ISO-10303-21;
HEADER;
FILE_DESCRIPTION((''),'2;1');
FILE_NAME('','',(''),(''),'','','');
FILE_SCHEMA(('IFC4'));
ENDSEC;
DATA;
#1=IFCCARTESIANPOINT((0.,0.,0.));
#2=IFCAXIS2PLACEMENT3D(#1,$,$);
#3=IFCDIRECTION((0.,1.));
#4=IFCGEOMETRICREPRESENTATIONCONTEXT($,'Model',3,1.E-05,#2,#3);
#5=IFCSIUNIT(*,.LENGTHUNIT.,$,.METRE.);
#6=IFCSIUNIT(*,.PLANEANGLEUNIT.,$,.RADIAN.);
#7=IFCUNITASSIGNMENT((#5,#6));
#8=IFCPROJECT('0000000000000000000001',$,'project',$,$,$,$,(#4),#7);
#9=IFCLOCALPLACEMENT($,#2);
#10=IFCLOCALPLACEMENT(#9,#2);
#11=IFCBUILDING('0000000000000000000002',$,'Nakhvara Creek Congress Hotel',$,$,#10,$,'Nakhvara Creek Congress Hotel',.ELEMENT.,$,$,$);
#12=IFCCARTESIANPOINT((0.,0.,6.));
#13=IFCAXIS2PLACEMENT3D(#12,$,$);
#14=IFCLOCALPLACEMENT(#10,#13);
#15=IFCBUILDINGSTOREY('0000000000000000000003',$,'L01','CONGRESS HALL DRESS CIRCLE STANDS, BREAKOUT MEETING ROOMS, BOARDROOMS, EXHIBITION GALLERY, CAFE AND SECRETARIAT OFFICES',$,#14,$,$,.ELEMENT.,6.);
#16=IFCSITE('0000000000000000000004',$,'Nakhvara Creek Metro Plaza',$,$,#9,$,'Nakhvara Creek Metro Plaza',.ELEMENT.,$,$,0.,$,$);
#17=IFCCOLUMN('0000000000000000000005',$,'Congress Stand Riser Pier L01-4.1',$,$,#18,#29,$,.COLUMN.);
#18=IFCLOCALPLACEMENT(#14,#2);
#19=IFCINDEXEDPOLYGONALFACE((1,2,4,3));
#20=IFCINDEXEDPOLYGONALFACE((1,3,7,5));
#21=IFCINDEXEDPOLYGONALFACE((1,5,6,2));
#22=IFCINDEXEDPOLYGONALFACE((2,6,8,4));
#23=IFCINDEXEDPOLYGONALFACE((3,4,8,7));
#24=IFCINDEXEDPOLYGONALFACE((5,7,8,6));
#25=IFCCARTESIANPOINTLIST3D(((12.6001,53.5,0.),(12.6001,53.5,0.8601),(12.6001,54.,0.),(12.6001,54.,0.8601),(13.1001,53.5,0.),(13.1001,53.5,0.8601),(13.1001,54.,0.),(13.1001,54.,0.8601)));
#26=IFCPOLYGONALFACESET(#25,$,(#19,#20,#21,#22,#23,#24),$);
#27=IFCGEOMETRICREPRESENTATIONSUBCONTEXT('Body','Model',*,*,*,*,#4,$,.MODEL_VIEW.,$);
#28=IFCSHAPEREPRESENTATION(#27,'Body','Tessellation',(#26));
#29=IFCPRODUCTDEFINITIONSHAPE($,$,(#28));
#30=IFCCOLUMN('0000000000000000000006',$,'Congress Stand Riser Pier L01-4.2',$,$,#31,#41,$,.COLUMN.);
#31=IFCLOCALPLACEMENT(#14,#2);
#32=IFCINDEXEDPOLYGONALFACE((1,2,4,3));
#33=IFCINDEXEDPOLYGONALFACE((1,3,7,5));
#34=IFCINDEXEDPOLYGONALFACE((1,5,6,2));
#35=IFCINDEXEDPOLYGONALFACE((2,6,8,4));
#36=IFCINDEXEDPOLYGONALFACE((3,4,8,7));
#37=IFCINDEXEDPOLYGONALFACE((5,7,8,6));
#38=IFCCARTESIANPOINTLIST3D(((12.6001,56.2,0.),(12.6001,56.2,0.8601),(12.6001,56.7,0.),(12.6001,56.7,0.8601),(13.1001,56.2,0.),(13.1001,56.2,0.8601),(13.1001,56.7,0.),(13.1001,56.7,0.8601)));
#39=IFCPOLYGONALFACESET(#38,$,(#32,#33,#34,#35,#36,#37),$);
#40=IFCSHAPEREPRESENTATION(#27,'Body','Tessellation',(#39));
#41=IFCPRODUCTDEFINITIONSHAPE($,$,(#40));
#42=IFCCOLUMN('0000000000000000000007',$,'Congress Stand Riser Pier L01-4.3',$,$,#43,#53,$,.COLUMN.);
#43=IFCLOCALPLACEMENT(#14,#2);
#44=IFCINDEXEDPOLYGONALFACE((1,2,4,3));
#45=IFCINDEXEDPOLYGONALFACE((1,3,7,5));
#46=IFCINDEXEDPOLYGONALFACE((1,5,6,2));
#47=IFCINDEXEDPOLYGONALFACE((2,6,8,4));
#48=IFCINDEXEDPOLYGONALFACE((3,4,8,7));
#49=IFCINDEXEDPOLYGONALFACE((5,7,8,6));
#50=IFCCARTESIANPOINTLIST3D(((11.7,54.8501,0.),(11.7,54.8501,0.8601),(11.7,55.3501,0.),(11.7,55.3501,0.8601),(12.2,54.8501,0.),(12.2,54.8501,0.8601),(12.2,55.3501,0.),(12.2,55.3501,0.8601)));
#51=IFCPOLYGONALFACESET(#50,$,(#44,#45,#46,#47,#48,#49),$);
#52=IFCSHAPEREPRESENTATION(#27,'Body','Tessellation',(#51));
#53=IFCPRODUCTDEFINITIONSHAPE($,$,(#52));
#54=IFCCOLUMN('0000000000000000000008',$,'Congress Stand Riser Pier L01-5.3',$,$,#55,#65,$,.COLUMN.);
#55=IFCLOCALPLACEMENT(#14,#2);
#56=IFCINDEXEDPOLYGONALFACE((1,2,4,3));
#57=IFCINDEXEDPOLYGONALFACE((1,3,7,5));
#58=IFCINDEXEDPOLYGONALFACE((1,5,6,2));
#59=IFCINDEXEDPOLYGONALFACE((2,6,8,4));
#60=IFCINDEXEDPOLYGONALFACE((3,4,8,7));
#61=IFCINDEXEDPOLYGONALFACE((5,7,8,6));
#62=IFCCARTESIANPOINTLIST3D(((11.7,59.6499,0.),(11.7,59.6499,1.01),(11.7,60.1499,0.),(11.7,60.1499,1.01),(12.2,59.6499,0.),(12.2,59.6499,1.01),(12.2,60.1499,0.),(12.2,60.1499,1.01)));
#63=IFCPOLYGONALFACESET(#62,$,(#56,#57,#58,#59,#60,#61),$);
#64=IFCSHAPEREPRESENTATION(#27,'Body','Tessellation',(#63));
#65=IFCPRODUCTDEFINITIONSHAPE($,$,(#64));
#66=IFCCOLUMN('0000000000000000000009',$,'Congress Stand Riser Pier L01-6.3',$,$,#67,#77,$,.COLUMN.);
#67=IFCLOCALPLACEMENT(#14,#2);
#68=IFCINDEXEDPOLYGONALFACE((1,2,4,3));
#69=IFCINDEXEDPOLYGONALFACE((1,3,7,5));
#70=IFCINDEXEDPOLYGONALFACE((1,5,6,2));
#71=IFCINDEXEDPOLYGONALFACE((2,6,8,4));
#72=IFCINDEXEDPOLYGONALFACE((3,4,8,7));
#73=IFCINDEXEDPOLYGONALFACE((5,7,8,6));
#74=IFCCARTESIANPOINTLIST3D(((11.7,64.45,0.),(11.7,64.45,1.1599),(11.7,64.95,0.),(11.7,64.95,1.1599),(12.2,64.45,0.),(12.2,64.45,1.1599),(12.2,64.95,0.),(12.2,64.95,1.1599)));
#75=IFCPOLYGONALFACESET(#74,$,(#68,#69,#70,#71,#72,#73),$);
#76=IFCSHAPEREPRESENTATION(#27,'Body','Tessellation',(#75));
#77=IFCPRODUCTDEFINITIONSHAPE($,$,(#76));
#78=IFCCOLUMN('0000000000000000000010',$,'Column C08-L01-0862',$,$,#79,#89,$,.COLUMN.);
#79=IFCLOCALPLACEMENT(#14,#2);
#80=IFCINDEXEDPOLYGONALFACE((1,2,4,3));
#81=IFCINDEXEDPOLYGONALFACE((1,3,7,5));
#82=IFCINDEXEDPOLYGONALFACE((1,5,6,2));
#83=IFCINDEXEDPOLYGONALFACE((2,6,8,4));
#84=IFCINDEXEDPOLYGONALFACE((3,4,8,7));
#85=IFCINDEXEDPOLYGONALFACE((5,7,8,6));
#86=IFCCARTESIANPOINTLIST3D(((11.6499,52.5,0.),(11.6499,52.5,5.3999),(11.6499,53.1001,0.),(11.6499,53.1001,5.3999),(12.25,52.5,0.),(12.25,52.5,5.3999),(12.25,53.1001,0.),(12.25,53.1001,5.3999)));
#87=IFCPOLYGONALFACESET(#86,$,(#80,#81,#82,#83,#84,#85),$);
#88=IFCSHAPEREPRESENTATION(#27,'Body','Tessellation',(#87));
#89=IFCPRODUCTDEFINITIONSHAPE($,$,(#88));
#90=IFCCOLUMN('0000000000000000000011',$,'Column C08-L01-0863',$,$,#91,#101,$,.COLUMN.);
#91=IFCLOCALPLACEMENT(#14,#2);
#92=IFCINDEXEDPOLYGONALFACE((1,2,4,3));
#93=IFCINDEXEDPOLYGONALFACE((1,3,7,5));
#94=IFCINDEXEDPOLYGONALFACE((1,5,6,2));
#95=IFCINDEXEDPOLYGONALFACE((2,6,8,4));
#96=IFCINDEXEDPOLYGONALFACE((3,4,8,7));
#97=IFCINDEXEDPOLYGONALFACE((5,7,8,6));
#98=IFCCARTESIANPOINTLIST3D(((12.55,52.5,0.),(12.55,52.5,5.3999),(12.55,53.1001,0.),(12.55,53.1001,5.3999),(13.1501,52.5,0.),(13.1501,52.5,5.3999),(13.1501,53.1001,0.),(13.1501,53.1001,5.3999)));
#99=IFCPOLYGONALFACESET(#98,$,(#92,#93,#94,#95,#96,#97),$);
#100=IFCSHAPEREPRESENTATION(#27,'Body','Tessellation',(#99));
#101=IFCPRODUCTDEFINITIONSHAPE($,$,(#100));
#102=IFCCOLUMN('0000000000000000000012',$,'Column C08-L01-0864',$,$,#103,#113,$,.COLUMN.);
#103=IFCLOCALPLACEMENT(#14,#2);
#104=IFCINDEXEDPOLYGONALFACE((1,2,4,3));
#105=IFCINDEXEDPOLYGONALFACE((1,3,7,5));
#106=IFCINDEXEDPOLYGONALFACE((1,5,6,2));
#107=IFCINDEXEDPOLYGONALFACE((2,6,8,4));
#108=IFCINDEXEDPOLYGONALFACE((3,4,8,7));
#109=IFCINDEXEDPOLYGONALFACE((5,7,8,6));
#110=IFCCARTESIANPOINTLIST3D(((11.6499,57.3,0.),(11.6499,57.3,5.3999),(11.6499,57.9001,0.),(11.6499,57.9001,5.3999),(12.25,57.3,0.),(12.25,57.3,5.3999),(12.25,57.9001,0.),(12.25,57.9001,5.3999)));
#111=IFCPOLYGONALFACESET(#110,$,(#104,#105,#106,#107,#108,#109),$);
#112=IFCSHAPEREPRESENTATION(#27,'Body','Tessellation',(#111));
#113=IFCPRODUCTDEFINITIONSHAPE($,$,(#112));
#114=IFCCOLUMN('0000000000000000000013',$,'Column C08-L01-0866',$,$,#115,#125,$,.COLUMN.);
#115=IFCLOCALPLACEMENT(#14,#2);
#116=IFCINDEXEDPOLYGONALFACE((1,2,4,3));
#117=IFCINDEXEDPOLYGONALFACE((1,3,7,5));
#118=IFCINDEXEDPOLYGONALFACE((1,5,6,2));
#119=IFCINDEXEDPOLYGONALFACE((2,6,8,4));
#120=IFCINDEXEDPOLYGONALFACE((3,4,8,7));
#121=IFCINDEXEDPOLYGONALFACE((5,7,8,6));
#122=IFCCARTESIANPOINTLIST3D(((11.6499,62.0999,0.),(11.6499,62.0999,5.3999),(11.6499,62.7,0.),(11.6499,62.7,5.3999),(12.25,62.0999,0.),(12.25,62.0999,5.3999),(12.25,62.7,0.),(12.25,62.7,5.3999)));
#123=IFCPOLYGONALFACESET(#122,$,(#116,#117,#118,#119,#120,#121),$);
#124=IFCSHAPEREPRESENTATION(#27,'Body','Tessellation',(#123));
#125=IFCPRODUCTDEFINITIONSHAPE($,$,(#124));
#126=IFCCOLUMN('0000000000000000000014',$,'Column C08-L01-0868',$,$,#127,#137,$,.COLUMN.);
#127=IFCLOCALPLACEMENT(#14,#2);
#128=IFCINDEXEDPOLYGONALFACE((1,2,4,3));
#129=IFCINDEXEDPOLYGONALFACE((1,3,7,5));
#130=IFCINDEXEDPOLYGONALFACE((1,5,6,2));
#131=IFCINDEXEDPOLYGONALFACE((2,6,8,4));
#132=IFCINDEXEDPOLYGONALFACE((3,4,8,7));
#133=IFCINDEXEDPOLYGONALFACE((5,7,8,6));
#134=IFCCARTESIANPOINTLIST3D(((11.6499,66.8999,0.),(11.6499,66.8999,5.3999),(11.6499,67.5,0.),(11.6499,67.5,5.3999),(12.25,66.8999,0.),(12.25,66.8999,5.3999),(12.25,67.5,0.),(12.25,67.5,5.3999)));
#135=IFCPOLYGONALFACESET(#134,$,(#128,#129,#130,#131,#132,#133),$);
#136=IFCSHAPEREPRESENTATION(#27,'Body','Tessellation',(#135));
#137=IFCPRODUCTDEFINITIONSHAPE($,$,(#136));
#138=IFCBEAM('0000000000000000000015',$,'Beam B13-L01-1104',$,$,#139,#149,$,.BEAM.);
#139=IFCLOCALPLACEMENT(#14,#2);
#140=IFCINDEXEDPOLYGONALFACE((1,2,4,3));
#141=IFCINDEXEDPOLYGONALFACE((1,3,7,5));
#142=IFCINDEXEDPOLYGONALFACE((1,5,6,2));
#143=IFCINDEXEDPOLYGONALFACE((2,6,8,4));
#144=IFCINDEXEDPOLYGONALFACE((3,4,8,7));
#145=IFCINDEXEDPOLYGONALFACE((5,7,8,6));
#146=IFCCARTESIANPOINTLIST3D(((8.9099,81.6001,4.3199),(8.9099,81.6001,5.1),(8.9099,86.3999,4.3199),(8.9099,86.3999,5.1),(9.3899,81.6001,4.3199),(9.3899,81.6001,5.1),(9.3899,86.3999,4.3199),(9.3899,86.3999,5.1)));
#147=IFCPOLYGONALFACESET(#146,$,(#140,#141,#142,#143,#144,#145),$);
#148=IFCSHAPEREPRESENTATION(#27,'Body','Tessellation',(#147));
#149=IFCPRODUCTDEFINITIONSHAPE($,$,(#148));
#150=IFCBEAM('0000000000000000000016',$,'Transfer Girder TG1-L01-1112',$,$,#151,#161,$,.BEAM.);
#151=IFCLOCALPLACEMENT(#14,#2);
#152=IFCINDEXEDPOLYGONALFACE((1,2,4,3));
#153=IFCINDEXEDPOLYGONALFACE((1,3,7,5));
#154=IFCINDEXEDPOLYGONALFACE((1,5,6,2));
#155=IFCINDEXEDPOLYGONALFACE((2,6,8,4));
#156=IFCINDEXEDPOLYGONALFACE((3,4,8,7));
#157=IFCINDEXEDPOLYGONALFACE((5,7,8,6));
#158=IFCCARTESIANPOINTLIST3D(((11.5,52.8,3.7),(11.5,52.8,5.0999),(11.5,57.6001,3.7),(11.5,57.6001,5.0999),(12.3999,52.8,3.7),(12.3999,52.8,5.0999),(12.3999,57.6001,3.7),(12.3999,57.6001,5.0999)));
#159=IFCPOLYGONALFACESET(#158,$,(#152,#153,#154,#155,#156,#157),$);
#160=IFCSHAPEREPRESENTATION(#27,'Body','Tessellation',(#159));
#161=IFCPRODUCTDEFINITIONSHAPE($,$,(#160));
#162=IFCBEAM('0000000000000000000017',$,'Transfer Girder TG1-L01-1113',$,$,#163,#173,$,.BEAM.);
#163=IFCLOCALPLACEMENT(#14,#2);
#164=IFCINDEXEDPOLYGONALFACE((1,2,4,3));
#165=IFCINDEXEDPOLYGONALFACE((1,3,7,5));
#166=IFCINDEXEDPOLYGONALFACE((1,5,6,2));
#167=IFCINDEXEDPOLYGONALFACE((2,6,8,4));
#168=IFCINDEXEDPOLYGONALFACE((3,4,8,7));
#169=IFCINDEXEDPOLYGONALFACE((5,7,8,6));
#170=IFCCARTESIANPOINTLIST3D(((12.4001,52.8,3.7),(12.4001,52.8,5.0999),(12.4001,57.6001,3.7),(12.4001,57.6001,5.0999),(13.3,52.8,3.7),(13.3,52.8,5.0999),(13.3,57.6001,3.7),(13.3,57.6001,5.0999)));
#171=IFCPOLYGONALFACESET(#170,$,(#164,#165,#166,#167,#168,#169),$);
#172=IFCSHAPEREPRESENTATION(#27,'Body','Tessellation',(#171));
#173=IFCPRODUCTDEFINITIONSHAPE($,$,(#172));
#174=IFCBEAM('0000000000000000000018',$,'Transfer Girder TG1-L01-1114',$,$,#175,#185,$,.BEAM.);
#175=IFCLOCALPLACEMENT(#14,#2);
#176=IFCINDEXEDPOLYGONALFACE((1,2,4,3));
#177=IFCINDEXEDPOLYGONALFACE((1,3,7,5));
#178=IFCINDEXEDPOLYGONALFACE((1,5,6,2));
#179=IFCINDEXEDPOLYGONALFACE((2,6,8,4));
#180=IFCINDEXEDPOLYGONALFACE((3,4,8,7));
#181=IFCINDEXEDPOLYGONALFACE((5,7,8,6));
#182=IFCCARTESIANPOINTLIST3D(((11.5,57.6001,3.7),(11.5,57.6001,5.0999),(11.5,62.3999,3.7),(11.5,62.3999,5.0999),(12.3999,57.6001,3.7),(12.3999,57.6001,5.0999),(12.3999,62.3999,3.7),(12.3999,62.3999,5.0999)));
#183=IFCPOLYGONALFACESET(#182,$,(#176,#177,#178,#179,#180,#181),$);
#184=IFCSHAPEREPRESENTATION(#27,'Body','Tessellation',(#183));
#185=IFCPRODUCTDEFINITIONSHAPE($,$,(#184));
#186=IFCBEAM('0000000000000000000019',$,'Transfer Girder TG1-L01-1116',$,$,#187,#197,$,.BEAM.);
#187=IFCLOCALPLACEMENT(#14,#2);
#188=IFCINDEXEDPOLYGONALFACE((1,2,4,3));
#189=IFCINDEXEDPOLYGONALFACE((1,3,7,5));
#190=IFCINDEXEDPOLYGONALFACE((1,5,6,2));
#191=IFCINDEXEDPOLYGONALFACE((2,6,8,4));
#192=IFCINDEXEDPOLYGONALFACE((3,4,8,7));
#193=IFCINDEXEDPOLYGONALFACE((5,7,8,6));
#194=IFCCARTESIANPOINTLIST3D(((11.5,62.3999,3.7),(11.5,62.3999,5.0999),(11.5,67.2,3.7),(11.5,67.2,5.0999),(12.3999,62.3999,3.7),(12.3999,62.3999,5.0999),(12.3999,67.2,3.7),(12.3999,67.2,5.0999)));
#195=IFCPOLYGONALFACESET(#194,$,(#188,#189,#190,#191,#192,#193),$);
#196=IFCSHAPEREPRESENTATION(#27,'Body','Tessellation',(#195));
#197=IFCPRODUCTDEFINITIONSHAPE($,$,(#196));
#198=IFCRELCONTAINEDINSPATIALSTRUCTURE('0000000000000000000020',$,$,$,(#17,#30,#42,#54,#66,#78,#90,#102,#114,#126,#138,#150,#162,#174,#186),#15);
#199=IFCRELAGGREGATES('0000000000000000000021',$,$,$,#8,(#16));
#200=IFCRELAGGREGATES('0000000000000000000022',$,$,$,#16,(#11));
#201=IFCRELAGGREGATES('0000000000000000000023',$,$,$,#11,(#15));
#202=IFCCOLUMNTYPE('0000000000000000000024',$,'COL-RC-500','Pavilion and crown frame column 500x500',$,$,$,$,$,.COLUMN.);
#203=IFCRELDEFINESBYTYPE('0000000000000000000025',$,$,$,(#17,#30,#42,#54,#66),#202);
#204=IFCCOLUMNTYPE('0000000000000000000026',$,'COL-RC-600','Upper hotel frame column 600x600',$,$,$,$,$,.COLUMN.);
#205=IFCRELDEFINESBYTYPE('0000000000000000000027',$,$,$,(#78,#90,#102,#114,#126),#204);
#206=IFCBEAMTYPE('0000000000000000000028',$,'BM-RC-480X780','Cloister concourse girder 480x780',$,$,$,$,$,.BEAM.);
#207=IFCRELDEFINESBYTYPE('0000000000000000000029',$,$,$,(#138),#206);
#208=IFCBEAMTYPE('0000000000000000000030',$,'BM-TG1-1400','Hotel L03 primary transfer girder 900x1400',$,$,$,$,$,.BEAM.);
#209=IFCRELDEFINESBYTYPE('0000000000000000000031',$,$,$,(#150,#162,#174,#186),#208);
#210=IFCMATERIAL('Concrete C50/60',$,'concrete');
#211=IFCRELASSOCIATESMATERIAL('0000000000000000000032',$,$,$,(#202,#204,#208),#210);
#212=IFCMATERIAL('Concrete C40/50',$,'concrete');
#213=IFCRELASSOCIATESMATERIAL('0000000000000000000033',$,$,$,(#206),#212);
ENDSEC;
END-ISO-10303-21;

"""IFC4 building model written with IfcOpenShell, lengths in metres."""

from ifc_helpers import new_model, si_unit, direction, frame, origin, origin_2d, place, context, subcontext, project, spatial, rectangle, extrude, material, material_profile, profile_set, type_object, element, save


model = new_model("IFC4")

# Units and contexts
model_context = context("Model", 3, precision=1e-05, world=origin(), true_north=direction((0.0, 1.0)))
body_context = subcontext(model_context, "Body", "Model", "MODEL_VIEW")
ifc_project = project(units=[si_unit("LENGTHUNIT", "METRE"), si_unit("PLANEANGLEUNIT", "RADIAN")], contexts=[model_context])

# Site, building, storey
site_placement = place(None, origin())
site = spatial("IfcSite", under=ifc_project, at=site_placement, Name="Nakhvara Creek Metro Plaza", LongName="Nakhvara Creek Metro Plaza", CompositionType="ELEMENT", RefElevation=0.0)
building_placement = place(site_placement, origin())
building = spatial("IfcBuilding", under=site, at=building_placement, Name="Nakhvara Creek Congress Hotel", LongName="Nakhvara Creek Congress Hotel", CompositionType="ELEMENT")
storey_placement = place(building_placement, frame((0.0, 0.0, 6.0)))
storey = spatial("IfcBuildingStorey", under=building, at=storey_placement, Name="L01", Description="CONGRESS HALL DRESS CIRCLE STANDS, BREAKOUT MEETING ROOMS, BOARDROOMS, EXHIBITION GALLERY, CAFE AND SECRETARIAT OFFICES", CompositionType="ELEMENT", Elevation=6.0)

# Columns
ifc_material_1 = material(Name="Concrete C50/60", Category="concrete")
ifc_material_profile_1 = material_profile(ifc_material_1, rectangle(XDim=0.5, YDim=0.5, at=origin_2d()), Name="RC-COL 500x500", Category="LoadBearing")
ifc_profile_set_1 = profile_set([ifc_material_profile_1], Name="Concrete C50/60")
column_type_1 = type_object("IfcColumnType", Name="COL-RC-500", Description="Pavilion and crown frame column 500x500", PredefinedType="COLUMN", material=ifc_profile_set_1)
for number, where, z_axis, x_axis, name in (
    (1, (12.8501, 53.75, 0.0), (0.0, 0.0, 1.0), (1.0, 0.0, 0.0), "Congress Stand Riser Pier L01-4.1"),
    (2, (12.8501, 56.45, 0.0), (0.0, 0.0, 1.0), (1.0, 0.0, 0.0), "Congress Stand Riser Pier L01-4.2"),
    (3, (11.95, 55.1001, 0.0), (0.0, 0.0, 1.0), (1.0, 0.0, 0.0), "Congress Stand Riser Pier L01-4.3"),
):
    element("IfcColumn", number, at=place(storey_placement, frame(where, z_axis=z_axis, x_axis=x_axis)), inside=storey, type_object=column_type_1, Name=name, PredefinedType="COLUMN", context=body_context, shape_type="SweptSolid", body=[
        extrude(rectangle(XDim=0.5, YDim=0.5, at=origin_2d()), origin(), (0.0, 0.0, 1.0), 0.8601),
    ])
column_1_placement = place(storey_placement, frame((11.95, 59.8999, 0.0), z_axis=(0.0, 0.0, 1.0), x_axis=(1.0, 0.0, 0.0)))
element("IfcColumn", 4, at=column_1_placement, inside=storey, type_object=column_type_1, Name="Congress Stand Riser Pier L01-5.3", PredefinedType="COLUMN", context=body_context, shape_type="SweptSolid", body=[
    extrude(rectangle(XDim=0.5, YDim=0.5, at=origin_2d()), origin(), (0.0, 0.0, 1.0), 1.01),
])
column_2_placement = place(storey_placement, frame((11.95, 64.7, 0.0), z_axis=(0.0, 0.0, 1.0), x_axis=(1.0, 0.0, 0.0)))
element("IfcColumn", 5, at=column_2_placement, inside=storey, type_object=column_type_1, Name="Congress Stand Riser Pier L01-6.3", PredefinedType="COLUMN", context=body_context, shape_type="SweptSolid", body=[
    extrude(rectangle(XDim=0.5, YDim=0.5, at=origin_2d()), origin(), (0.0, 0.0, 1.0), 1.1599),
])
ifc_material_profile_2 = material_profile(ifc_material_1, rectangle(XDim=0.6001, YDim=0.6001, at=origin_2d()), Name="RC-COL 600x600", Category="LoadBearing")
ifc_profile_set_2 = profile_set([ifc_material_profile_2], Name="Concrete C50/60")
column_type_2 = type_object("IfcColumnType", Name="COL-RC-600", Description="Upper hotel frame column 600x600", PredefinedType="COLUMN", material=ifc_profile_set_2)
for number, where, z_axis, x_axis, name in (
    (6, (11.95, 52.8, 0.0), (0.0, 0.0, 1.0), (1.0, 0.0, 0.0), "Column C08-L01-0862"),
    (7, (12.8501, 52.8, 0.0), (0.0, 0.0, 1.0), (1.0, 0.0, 0.0), "Column C08-L01-0863"),
    (8, (11.95, 57.6001, 0.0), (0.0, 0.0, 1.0), (1.0, 0.0, 0.0), "Column C08-L01-0864"),
    (9, (11.95, 62.3999, 0.0), (0.0, 0.0, 1.0), (1.0, 0.0, 0.0), "Column C08-L01-0866"),
    (10, (11.95, 67.2, 0.0), (0.0, 0.0, 1.0), (1.0, 0.0, 0.0), "Column C08-L01-0868"),
):
    element("IfcColumn", number, at=place(storey_placement, frame(where, z_axis=z_axis, x_axis=x_axis)), inside=storey, type_object=column_type_2, Name=name, PredefinedType="COLUMN", context=body_context, shape_type="SweptSolid", body=[
        extrude(rectangle(XDim=0.6001, YDim=0.6001, at=origin_2d()), origin(), (0.0, 0.0, 1.0), 5.3999),
    ])

# Beams
ifc_material_2 = material(Name="Concrete C40/50", Category="concrete")
ifc_material_profile_3 = material_profile(ifc_material_2, rectangle(XDim=0.48, YDim=0.78, at=origin_2d()), Name="RC-BM 480x780", Category="LoadBearing")
ifc_profile_set_3 = profile_set([ifc_material_profile_3], Name="Concrete C40/50")
beam_type_1 = type_object("IfcBeamType", Name="BM-RC-480X780", Description="Cloister concourse girder 480x780", PredefinedType="BEAM", material=ifc_profile_set_3)
beam_1_placement = place(storey_placement, frame((9.1499, 81.6001, 4.71), z_axis=(0.0, 1.0, 0.0), x_axis=(-1.0, 0.0, 0.0)))
element("IfcBeam", 11, at=beam_1_placement, inside=storey, type_object=beam_type_1, Name="Beam B13-L01-1104", PredefinedType="BEAM", context=body_context, shape_type="SweptSolid", body=[
    extrude(rectangle(XDim=0.48, YDim=0.78, at=origin_2d()), origin(), (0.0, 0.0, 1.0), 4.7998),
])
ifc_material_profile_4 = material_profile(ifc_material_1, rectangle(XDim=0.8999, YDim=1.3999, at=origin_2d()), Name="RC-TG 900x1400", Category="LoadBearing")
ifc_profile_set_4 = profile_set([ifc_material_profile_4], Name="Concrete C50/60")
beam_type_2 = type_object("IfcBeamType", Name="BM-TG1-1400", Description="Hotel L03 primary transfer girder 900x1400", PredefinedType="BEAM", material=ifc_profile_set_4)
for number, where, z_axis, x_axis, name in (
    (12, (11.95, 52.8, 4.3999), (0.0, 1.0, 0.0), (-1.0, 0.0, 0.0), "Transfer Girder TG1-L01-1112"),
    (13, (12.8501, 52.8, 4.3999), (0.0, 1.0, 0.0), (-1.0, 0.0, 0.0), "Transfer Girder TG1-L01-1113"),
):
    element("IfcBeam", number, at=place(storey_placement, frame(where, z_axis=z_axis, x_axis=x_axis)), inside=storey, type_object=beam_type_2, Name=name, PredefinedType="BEAM", context=body_context, shape_type="SweptSolid", body=[
        extrude(rectangle(XDim=0.8999, YDim=1.3999, at=origin_2d()), origin(), (0.0, 0.0, 1.0), 4.8),
    ])
beam_2_placement = place(storey_placement, frame((11.95, 57.6001, 4.3999), z_axis=(0.0, 1.0, 0.0), x_axis=(-1.0, 0.0, 0.0)))
element("IfcBeam", 14, at=beam_2_placement, inside=storey, type_object=beam_type_2, Name="Transfer Girder TG1-L01-1114", PredefinedType="BEAM", context=body_context, shape_type="SweptSolid", body=[
    extrude(rectangle(XDim=0.8999, YDim=1.3999, at=origin_2d()), origin(), (0.0, 0.0, 1.0), 4.7998),
])
beam_3_placement = place(storey_placement, frame((11.95, 62.3999, 4.3999), z_axis=(0.0, 1.0, 0.0), x_axis=(-1.0, 0.0, 0.0)))
element("IfcBeam", 15, at=beam_3_placement, inside=storey, type_object=beam_type_2, Name="Transfer Girder TG1-L01-1116", PredefinedType="BEAM", context=body_context, shape_type="SweptSolid", body=[
    extrude(rectangle(XDim=0.8999, YDim=1.3999, at=origin_2d()), origin(), (0.0, 0.0, 1.0), 4.8),
])

save(model, "model.ifc")
